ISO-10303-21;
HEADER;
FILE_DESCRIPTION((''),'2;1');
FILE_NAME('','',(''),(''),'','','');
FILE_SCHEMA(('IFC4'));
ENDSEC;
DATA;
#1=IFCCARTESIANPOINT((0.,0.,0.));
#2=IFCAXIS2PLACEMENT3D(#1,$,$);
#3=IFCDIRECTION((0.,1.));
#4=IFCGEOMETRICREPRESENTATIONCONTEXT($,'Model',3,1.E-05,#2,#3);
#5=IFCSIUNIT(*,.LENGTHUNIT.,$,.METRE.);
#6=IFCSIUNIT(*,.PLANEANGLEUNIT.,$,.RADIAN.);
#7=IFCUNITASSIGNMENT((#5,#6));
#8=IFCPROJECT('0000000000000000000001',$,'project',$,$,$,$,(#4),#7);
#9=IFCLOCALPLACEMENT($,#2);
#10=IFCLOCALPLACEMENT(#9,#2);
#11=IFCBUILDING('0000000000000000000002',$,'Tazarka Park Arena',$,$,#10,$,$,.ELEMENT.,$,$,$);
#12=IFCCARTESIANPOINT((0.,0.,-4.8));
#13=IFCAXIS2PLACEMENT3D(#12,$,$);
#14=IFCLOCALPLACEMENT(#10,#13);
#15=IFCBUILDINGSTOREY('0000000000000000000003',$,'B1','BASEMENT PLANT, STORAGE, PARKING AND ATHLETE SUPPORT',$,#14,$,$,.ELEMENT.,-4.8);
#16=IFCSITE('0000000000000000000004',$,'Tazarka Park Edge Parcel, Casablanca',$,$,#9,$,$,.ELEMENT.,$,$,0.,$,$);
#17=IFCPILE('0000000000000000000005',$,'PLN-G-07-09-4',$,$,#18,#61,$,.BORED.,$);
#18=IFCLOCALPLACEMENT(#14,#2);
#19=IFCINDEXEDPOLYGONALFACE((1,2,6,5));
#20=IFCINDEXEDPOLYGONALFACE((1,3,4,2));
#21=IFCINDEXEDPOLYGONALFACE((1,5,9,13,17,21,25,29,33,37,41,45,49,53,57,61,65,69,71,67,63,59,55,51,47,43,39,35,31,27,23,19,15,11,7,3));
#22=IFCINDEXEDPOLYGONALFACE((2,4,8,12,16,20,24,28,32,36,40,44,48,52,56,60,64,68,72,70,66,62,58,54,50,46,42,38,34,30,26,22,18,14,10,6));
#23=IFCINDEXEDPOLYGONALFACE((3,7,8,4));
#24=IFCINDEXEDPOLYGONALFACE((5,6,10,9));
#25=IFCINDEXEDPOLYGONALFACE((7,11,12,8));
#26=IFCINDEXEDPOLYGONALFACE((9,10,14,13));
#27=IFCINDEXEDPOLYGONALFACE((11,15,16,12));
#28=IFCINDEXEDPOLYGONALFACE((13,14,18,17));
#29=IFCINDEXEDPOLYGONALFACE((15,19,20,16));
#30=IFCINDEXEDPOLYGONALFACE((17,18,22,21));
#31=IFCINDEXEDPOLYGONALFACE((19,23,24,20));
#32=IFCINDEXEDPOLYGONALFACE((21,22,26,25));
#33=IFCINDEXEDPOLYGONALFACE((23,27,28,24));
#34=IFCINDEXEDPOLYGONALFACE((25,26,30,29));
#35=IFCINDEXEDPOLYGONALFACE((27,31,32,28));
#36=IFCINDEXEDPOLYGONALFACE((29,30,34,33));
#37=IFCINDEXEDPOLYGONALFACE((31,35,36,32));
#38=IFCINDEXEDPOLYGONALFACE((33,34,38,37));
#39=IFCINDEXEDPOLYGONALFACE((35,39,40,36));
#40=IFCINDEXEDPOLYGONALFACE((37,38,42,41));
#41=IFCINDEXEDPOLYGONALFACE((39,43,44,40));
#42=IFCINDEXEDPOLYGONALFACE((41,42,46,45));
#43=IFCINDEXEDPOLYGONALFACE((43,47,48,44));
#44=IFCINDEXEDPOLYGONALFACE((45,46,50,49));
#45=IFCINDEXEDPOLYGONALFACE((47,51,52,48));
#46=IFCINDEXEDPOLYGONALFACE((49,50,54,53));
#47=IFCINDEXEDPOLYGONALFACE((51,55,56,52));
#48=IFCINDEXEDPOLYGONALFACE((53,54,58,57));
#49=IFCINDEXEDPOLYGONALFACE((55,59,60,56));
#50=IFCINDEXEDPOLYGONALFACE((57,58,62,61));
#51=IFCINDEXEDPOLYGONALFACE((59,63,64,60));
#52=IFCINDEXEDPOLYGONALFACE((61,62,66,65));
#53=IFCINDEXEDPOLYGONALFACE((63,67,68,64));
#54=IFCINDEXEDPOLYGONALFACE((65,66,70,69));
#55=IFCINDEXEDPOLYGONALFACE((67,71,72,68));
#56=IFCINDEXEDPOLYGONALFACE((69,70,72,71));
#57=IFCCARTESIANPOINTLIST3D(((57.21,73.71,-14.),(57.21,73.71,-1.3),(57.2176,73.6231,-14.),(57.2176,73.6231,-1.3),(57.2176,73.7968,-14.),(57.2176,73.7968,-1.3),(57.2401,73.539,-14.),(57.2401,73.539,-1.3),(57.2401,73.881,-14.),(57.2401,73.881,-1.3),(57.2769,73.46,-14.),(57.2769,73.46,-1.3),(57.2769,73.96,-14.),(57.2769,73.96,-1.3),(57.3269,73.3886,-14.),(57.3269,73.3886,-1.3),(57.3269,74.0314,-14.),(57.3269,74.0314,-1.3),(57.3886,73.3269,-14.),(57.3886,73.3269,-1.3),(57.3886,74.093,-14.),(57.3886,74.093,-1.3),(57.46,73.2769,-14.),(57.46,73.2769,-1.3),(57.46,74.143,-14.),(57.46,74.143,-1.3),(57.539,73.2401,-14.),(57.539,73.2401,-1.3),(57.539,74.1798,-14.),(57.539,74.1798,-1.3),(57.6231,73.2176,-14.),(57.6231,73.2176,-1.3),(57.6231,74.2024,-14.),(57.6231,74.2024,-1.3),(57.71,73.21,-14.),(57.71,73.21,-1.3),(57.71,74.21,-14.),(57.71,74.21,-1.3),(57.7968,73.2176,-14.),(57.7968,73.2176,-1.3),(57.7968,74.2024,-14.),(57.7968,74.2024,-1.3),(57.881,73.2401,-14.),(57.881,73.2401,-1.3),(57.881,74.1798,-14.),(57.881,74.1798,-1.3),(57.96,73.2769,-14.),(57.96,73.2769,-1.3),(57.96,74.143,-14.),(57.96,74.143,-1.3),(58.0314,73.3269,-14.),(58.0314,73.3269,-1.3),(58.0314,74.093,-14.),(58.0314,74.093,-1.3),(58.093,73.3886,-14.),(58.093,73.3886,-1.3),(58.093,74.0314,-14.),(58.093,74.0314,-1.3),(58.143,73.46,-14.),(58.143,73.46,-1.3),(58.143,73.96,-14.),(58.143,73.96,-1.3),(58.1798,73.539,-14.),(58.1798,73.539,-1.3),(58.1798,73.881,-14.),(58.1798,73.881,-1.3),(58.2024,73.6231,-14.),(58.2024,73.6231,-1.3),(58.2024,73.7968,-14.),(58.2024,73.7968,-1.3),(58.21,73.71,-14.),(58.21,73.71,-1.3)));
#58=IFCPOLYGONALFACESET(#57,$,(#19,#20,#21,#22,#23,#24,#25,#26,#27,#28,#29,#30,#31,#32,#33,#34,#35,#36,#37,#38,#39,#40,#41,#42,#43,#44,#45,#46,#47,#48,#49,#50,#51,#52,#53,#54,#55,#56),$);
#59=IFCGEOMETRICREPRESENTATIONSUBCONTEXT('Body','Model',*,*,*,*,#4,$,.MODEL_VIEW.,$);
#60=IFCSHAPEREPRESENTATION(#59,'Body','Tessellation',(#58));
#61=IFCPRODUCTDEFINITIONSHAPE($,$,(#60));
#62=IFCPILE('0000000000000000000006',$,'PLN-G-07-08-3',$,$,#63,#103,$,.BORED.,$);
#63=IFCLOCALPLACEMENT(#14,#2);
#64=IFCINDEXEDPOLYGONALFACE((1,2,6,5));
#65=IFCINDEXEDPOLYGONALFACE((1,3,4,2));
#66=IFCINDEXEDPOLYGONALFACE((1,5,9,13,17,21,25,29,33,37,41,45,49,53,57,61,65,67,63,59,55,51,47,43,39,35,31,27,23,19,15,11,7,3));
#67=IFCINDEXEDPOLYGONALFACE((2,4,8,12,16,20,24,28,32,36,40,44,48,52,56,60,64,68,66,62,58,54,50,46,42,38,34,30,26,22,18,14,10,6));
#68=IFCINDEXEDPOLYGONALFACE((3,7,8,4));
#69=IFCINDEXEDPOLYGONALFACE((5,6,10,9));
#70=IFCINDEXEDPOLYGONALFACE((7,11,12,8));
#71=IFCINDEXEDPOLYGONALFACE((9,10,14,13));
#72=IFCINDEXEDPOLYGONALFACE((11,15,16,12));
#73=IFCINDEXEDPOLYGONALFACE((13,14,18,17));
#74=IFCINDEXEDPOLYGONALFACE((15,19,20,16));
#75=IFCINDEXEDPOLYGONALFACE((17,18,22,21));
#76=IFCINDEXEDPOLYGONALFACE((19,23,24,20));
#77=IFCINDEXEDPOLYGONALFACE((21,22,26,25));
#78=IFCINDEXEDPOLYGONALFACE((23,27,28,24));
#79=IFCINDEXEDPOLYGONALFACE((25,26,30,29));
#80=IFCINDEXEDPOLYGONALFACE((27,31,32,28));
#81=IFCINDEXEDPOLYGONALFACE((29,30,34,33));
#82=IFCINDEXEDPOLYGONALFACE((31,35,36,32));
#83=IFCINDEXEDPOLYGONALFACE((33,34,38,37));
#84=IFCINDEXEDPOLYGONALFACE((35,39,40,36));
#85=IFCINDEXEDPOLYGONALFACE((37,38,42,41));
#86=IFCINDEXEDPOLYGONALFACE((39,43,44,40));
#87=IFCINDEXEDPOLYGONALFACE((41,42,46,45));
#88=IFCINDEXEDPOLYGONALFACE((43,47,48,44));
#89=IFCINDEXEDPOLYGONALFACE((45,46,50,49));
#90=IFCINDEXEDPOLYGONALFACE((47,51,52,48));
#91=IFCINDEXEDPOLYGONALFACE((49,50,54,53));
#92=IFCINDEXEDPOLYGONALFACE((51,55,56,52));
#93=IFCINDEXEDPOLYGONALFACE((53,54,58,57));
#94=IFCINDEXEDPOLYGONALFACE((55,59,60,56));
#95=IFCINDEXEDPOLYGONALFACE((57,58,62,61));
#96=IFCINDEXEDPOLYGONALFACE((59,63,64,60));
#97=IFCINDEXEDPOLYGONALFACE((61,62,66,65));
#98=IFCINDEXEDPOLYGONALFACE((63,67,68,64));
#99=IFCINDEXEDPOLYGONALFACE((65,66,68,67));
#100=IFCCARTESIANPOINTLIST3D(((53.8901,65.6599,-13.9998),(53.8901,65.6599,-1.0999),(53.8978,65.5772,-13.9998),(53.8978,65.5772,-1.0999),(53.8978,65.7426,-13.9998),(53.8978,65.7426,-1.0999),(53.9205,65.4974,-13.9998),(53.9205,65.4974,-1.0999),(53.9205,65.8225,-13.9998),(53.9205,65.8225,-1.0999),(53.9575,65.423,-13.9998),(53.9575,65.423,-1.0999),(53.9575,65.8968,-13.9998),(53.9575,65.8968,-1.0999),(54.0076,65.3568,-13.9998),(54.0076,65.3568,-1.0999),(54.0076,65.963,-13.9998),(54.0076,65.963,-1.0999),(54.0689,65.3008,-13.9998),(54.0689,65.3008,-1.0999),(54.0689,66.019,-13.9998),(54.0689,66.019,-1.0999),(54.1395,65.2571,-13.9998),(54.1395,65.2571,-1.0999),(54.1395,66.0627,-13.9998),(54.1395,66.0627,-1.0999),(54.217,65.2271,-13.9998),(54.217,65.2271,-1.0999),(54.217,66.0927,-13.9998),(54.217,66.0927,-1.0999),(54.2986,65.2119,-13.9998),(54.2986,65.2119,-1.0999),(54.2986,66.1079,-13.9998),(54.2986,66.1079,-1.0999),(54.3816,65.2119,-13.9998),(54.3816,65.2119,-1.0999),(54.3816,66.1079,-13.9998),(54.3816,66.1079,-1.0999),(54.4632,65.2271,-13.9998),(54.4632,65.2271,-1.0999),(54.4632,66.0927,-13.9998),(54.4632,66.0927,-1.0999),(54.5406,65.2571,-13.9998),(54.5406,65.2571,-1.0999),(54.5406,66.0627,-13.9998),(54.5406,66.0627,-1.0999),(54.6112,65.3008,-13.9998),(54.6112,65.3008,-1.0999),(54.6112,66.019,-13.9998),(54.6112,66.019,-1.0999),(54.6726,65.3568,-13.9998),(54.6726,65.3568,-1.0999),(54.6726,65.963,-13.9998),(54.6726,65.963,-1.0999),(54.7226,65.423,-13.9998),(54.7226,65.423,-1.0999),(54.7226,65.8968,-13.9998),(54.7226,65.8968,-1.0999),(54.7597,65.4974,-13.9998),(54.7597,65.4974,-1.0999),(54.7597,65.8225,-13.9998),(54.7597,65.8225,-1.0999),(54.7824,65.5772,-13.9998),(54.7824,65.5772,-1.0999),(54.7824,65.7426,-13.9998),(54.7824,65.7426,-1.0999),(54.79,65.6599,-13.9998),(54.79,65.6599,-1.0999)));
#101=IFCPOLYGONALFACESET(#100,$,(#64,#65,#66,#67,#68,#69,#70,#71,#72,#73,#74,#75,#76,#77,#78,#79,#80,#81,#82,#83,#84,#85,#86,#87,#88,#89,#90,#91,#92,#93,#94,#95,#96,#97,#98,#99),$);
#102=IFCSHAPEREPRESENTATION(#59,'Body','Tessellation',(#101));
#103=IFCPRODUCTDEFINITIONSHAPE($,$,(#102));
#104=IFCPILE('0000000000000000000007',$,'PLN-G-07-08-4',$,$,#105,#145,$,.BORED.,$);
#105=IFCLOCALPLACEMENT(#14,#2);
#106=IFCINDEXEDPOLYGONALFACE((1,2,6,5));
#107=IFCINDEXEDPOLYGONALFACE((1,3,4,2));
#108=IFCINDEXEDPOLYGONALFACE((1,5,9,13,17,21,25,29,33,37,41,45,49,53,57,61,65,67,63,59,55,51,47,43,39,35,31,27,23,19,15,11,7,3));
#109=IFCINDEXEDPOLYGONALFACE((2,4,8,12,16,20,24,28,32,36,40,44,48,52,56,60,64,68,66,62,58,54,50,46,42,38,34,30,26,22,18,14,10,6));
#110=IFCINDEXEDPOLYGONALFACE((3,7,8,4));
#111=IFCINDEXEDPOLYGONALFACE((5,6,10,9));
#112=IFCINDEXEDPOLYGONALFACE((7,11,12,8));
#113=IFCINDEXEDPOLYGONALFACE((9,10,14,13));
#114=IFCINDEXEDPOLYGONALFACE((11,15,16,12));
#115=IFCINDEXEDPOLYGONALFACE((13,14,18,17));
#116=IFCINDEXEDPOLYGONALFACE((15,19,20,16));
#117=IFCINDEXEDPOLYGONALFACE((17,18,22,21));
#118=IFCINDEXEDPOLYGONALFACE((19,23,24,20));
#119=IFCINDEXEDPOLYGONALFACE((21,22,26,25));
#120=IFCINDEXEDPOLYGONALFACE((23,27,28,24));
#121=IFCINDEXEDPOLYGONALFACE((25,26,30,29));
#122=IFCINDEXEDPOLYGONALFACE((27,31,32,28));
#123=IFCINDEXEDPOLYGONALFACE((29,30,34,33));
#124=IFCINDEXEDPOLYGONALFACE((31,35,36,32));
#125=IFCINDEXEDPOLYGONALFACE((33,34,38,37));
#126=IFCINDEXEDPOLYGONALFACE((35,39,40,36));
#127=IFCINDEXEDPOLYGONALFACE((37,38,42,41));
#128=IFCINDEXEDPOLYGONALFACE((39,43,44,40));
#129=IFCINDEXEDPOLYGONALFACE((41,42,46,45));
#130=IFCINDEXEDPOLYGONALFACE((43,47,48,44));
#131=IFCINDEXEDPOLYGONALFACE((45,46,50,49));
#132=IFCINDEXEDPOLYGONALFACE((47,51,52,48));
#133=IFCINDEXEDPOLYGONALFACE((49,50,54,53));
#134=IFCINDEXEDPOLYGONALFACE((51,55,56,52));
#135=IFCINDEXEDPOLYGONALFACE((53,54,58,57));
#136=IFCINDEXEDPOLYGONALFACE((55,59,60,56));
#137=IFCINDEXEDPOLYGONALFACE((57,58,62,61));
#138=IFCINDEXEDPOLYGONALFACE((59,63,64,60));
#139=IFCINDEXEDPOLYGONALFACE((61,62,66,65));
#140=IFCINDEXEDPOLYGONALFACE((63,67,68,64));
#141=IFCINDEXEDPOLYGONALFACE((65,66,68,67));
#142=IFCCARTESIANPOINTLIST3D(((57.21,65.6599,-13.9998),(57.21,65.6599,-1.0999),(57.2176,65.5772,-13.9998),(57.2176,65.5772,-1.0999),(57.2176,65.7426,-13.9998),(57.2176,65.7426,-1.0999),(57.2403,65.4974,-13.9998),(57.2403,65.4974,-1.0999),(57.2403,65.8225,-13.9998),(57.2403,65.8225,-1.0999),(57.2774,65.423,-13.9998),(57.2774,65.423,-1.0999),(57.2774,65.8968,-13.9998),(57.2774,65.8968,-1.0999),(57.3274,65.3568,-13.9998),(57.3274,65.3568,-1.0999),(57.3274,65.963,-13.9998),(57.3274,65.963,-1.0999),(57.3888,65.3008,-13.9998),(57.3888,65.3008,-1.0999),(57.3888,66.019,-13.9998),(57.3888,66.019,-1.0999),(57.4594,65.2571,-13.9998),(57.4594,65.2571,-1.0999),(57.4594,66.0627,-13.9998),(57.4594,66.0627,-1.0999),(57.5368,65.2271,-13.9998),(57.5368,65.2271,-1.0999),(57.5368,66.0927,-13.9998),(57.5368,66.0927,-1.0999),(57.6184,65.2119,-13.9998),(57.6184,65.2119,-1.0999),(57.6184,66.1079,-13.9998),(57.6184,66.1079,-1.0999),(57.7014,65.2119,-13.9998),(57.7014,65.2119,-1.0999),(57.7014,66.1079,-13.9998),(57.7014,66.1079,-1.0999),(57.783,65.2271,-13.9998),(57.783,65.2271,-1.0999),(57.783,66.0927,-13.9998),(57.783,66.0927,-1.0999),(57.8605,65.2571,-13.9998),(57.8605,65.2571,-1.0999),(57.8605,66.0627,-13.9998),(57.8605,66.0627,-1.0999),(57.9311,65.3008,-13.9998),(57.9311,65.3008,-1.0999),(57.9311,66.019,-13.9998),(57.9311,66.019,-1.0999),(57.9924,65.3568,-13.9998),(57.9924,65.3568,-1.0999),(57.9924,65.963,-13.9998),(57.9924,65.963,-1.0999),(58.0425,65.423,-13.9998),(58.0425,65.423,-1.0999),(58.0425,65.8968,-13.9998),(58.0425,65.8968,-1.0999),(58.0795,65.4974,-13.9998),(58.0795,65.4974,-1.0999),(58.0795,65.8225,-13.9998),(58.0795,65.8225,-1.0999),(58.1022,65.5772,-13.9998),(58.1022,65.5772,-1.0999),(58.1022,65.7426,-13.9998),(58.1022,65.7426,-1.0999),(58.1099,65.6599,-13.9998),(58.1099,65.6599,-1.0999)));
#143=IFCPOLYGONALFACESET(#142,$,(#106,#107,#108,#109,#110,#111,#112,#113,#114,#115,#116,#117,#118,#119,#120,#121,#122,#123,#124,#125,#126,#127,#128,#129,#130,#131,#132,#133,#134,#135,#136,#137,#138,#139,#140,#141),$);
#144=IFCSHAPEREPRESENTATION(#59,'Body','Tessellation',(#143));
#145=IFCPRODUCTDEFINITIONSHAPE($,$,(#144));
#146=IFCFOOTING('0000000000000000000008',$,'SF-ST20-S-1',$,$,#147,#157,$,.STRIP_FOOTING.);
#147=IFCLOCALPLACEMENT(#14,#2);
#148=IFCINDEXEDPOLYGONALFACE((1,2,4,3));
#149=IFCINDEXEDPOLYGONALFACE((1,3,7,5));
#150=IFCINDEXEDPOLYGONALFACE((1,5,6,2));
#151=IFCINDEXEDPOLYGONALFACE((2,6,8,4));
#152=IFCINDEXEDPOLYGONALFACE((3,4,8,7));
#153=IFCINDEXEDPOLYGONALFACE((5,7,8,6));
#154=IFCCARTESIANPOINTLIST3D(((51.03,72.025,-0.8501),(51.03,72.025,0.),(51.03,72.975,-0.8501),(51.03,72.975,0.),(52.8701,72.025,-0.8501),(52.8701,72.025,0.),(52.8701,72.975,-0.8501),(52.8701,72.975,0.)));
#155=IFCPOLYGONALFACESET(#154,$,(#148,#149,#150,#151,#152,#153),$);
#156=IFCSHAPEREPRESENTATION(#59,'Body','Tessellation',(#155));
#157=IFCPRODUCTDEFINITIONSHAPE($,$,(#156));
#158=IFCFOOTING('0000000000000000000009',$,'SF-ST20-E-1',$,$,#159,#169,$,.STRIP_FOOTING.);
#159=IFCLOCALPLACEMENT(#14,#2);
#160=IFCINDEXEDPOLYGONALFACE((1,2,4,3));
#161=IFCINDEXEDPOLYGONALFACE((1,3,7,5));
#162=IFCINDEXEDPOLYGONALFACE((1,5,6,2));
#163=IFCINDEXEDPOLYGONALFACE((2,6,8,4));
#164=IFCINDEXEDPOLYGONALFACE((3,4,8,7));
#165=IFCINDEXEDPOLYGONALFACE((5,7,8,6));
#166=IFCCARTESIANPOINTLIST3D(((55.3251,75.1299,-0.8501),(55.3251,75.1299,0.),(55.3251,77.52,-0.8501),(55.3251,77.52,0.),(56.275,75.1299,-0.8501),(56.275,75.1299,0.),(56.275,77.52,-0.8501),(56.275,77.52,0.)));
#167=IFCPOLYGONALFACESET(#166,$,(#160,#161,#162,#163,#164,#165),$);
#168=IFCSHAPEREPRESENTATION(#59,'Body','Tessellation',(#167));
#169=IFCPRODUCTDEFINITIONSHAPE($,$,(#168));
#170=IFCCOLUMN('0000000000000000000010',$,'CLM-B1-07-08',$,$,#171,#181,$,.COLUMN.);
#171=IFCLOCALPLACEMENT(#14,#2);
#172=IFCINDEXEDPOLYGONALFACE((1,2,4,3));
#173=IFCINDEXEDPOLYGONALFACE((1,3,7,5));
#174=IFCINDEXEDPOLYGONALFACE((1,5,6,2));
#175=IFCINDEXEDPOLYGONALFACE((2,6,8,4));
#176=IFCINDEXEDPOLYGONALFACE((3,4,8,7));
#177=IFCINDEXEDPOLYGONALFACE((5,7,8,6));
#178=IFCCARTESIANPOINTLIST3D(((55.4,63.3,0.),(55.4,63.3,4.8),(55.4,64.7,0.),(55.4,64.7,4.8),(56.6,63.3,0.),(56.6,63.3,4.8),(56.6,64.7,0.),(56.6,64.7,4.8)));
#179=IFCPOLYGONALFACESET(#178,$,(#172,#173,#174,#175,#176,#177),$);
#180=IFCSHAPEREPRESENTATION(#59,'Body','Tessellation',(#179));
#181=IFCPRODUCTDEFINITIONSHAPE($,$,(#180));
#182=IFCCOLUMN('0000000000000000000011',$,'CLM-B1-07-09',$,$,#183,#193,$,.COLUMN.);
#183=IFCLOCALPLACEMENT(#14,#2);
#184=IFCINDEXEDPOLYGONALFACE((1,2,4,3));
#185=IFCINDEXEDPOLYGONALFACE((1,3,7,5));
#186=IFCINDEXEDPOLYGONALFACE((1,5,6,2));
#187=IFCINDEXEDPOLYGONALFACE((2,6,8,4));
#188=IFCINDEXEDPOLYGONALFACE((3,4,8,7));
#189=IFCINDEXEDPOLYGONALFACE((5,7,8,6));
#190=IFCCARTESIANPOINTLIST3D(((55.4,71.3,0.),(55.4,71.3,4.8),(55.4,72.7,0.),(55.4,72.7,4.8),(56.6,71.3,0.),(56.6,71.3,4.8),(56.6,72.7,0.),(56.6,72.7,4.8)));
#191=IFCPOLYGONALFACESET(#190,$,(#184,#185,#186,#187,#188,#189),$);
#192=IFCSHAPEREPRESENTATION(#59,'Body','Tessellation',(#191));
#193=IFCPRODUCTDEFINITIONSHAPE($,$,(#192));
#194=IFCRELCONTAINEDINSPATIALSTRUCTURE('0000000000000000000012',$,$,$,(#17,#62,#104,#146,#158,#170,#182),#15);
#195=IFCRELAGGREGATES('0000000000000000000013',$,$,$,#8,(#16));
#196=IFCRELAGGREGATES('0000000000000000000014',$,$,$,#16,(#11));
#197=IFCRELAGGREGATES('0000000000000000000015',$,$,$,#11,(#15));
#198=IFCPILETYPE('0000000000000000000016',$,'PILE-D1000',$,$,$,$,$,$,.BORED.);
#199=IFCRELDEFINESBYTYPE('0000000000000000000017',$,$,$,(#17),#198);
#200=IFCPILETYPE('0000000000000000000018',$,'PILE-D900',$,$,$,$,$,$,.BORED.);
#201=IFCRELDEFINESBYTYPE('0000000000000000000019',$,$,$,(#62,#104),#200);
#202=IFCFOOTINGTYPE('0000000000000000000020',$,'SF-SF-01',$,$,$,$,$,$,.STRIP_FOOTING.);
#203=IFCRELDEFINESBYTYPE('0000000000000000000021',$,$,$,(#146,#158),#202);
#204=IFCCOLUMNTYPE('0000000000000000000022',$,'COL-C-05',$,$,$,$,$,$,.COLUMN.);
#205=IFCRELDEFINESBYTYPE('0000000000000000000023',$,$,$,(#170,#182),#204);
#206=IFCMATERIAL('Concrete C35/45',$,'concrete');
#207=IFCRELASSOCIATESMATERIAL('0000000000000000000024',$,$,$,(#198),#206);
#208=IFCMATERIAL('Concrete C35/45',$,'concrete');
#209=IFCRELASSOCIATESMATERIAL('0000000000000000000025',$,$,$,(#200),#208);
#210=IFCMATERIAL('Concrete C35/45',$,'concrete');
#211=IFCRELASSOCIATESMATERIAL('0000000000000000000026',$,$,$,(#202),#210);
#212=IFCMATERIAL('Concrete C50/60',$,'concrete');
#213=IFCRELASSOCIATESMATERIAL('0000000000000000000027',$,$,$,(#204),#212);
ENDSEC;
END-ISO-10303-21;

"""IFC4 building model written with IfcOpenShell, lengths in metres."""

from ifc_helpers import new_model, si_unit, direction, frame, origin, origin_2d, place, context, subcontext, project, spatial, rectangle, circle, extrude, material, material_profile, profile_set, type_object, element, save


model = new_model("IFC4")

# Units and contexts
model_context = context("Model", 3, precision=1e-05, world=origin(), true_north=direction((0.0, 1.0)))
body_context = subcontext(model_context, "Body", "Model", "MODEL_VIEW")
ifc_project = project(units=[si_unit("LENGTHUNIT", "METRE"), si_unit("PLANEANGLEUNIT", "RADIAN")], contexts=[model_context])

# Site, building, storey
site_placement = place(None, origin())
site = spatial("IfcSite", under=ifc_project, at=site_placement, Name="Tazarka Park Edge Parcel, Casablanca", CompositionType="ELEMENT", RefElevation=0.0)
building_placement = place(site_placement, origin())
building = spatial("IfcBuilding", under=site, at=building_placement, Name="Tazarka Park Arena", CompositionType="ELEMENT")
storey_placement = place(building_placement, frame((0.0, 0.0, -4.8)))
storey = spatial("IfcBuildingStorey", under=building, at=storey_placement, Name="B1", Description="BASEMENT PLANT, STORAGE, PARKING AND ATHLETE SUPPORT", CompositionType="ELEMENT", Elevation=-4.8)

# Piles
ifc_material_1 = material(Name="Concrete C35/45", Category="concrete")
ifc_material_profile_1 = material_profile(ifc_material_1, circle(Radius=0.5, at=origin_2d()), Name="Concrete C35/45")
ifc_profile_set_1 = profile_set([ifc_material_profile_1], Name="Concrete C35/45")
pile_type_1 = type_object("IfcPileType", Name="PILE-D1000", PredefinedType="BORED", material=ifc_profile_set_1)
for number, where, z_axis, x_axis, name in (
    (1, (57.71, 73.71, -1.3), (0.0, 0.0, -1.0), (1.0, 0.0, 0.0), "PLN-G-07-09-4"),
):
    element("IfcPile", number, at=place(storey_placement, frame(where, z_axis=z_axis, x_axis=x_axis)), inside=storey, type_object=pile_type_1, Name=name, PredefinedType="BORED", context=body_context, shape_type="SweptSolid", body=[
        extrude(circle(Radius=0.5, at=origin_2d()), origin(), (0.0, 0.0, 1.0), 12.7),
    ])
ifc_material_2 = material(Name="Concrete C35/45", Category="concrete")
ifc_material_profile_2 = material_profile(ifc_material_2, circle(Radius=0.45, at=origin_2d()), Name="Concrete C35/45")
ifc_profile_set_2 = profile_set([ifc_material_profile_2], Name="Concrete C35/45")
pile_type_2 = type_object("IfcPileType", Name="PILE-D900", PredefinedType="BORED", material=ifc_profile_set_2)
for number, where, z_axis, x_axis, name in (
    (2, (54.3401, 65.6599, -1.0999), (0.0, 0.0, -1.0), (1.0, 0.0, 0.0), "PLN-G-07-08-3"),
    (3, (57.6599, 65.6599, -1.0999), (0.0, 0.0, -1.0), (1.0, 0.0, 0.0), "PLN-G-07-08-4"),
):
    element("IfcPile", number, at=place(storey_placement, frame(where, z_axis=z_axis, x_axis=x_axis)), inside=storey, type_object=pile_type_2, Name=name, PredefinedType="BORED", context=body_context, shape_type="SweptSolid", body=[
        extrude(circle(Radius=0.45, at=origin_2d()), origin(), (0.0, 0.0, 1.0), 12.8999),
    ])

# Footings
ifc_material_3 = material(Name="Concrete C35/45", Category="concrete")
ifc_material_profile_3 = material_profile(ifc_material_3, rectangle(XDim=0.95, YDim=0.8501, at=origin_2d()), Name="Concrete C35/45")
ifc_profile_set_3 = profile_set([ifc_material_profile_3], Name="Concrete C35/45")
footing_type_1 = type_object("IfcFootingType", Name="SF-SF-01", PredefinedType="STRIP_FOOTING", material=ifc_profile_set_3)
footing_1_placement = place(storey_placement, frame((52.8701, 72.5, -0.425), z_axis=(-1.0, 0.0, 0.0), x_axis=(0.0, -1.0, 0.0)))
element("IfcFooting", 4, at=footing_1_placement, inside=storey, type_object=footing_type_1, Name="SF-ST20-S-1", PredefinedType="STRIP_FOOTING", context=body_context, shape_type="SweptSolid", body=[
    extrude(rectangle(XDim=0.95, YDim=0.8501, at=origin_2d()), origin(), (0.0, 0.0, 1.0), 1.8401),
])
footing_2_placement = place(storey_placement, frame((55.8, 77.52, -0.425), z_axis=(0.0, -1.0, 0.0), x_axis=(1.0, 0.0, 0.0)))
element("IfcFooting", 5, at=footing_2_placement, inside=storey, type_object=footing_type_1, Name="SF-ST20-E-1", PredefinedType="STRIP_FOOTING", context=body_context, shape_type="SweptSolid", body=[
    extrude(rectangle(XDim=0.95, YDim=0.8501, at=origin_2d()), origin(), (0.0, 0.0, 1.0), 2.3901),
])

# Columns
ifc_material_4 = material(Name="Concrete C50/60", Category="concrete")
ifc_material_profile_4 = material_profile(ifc_material_4, rectangle(XDim=1.2, YDim=1.3999, at=origin_2d()), Name="Concrete C50/60")
ifc_profile_set_4 = profile_set([ifc_material_profile_4], Name="Concrete C50/60")
column_type = type_object("IfcColumnType", Name="COL-C-05", PredefinedType="COLUMN", material=ifc_profile_set_4)
for number, where, z_axis, x_axis, name in (
    (6, (56.0, 64.0, 0.0), (0.0, 0.0, 1.0), (1.0, 0.0, 0.0), "CLM-B1-07-08"),
    (7, (56.0, 72.0, 0.0), (0.0, 0.0, 1.0), (1.0, 0.0, 0.0), "CLM-B1-07-09"),
):
    element("IfcColumn", number, at=place(storey_placement, frame(where, z_axis=z_axis, x_axis=x_axis)), inside=storey, type_object=column_type, Name=name, PredefinedType="COLUMN", context=body_context, shape_type="SweptSolid", body=[
        extrude(rectangle(XDim=1.2, YDim=1.3999, at=origin_2d()), origin(), (0.0, 0.0, 1.0), 4.8),
    ])

save(model, "model.ifc")
